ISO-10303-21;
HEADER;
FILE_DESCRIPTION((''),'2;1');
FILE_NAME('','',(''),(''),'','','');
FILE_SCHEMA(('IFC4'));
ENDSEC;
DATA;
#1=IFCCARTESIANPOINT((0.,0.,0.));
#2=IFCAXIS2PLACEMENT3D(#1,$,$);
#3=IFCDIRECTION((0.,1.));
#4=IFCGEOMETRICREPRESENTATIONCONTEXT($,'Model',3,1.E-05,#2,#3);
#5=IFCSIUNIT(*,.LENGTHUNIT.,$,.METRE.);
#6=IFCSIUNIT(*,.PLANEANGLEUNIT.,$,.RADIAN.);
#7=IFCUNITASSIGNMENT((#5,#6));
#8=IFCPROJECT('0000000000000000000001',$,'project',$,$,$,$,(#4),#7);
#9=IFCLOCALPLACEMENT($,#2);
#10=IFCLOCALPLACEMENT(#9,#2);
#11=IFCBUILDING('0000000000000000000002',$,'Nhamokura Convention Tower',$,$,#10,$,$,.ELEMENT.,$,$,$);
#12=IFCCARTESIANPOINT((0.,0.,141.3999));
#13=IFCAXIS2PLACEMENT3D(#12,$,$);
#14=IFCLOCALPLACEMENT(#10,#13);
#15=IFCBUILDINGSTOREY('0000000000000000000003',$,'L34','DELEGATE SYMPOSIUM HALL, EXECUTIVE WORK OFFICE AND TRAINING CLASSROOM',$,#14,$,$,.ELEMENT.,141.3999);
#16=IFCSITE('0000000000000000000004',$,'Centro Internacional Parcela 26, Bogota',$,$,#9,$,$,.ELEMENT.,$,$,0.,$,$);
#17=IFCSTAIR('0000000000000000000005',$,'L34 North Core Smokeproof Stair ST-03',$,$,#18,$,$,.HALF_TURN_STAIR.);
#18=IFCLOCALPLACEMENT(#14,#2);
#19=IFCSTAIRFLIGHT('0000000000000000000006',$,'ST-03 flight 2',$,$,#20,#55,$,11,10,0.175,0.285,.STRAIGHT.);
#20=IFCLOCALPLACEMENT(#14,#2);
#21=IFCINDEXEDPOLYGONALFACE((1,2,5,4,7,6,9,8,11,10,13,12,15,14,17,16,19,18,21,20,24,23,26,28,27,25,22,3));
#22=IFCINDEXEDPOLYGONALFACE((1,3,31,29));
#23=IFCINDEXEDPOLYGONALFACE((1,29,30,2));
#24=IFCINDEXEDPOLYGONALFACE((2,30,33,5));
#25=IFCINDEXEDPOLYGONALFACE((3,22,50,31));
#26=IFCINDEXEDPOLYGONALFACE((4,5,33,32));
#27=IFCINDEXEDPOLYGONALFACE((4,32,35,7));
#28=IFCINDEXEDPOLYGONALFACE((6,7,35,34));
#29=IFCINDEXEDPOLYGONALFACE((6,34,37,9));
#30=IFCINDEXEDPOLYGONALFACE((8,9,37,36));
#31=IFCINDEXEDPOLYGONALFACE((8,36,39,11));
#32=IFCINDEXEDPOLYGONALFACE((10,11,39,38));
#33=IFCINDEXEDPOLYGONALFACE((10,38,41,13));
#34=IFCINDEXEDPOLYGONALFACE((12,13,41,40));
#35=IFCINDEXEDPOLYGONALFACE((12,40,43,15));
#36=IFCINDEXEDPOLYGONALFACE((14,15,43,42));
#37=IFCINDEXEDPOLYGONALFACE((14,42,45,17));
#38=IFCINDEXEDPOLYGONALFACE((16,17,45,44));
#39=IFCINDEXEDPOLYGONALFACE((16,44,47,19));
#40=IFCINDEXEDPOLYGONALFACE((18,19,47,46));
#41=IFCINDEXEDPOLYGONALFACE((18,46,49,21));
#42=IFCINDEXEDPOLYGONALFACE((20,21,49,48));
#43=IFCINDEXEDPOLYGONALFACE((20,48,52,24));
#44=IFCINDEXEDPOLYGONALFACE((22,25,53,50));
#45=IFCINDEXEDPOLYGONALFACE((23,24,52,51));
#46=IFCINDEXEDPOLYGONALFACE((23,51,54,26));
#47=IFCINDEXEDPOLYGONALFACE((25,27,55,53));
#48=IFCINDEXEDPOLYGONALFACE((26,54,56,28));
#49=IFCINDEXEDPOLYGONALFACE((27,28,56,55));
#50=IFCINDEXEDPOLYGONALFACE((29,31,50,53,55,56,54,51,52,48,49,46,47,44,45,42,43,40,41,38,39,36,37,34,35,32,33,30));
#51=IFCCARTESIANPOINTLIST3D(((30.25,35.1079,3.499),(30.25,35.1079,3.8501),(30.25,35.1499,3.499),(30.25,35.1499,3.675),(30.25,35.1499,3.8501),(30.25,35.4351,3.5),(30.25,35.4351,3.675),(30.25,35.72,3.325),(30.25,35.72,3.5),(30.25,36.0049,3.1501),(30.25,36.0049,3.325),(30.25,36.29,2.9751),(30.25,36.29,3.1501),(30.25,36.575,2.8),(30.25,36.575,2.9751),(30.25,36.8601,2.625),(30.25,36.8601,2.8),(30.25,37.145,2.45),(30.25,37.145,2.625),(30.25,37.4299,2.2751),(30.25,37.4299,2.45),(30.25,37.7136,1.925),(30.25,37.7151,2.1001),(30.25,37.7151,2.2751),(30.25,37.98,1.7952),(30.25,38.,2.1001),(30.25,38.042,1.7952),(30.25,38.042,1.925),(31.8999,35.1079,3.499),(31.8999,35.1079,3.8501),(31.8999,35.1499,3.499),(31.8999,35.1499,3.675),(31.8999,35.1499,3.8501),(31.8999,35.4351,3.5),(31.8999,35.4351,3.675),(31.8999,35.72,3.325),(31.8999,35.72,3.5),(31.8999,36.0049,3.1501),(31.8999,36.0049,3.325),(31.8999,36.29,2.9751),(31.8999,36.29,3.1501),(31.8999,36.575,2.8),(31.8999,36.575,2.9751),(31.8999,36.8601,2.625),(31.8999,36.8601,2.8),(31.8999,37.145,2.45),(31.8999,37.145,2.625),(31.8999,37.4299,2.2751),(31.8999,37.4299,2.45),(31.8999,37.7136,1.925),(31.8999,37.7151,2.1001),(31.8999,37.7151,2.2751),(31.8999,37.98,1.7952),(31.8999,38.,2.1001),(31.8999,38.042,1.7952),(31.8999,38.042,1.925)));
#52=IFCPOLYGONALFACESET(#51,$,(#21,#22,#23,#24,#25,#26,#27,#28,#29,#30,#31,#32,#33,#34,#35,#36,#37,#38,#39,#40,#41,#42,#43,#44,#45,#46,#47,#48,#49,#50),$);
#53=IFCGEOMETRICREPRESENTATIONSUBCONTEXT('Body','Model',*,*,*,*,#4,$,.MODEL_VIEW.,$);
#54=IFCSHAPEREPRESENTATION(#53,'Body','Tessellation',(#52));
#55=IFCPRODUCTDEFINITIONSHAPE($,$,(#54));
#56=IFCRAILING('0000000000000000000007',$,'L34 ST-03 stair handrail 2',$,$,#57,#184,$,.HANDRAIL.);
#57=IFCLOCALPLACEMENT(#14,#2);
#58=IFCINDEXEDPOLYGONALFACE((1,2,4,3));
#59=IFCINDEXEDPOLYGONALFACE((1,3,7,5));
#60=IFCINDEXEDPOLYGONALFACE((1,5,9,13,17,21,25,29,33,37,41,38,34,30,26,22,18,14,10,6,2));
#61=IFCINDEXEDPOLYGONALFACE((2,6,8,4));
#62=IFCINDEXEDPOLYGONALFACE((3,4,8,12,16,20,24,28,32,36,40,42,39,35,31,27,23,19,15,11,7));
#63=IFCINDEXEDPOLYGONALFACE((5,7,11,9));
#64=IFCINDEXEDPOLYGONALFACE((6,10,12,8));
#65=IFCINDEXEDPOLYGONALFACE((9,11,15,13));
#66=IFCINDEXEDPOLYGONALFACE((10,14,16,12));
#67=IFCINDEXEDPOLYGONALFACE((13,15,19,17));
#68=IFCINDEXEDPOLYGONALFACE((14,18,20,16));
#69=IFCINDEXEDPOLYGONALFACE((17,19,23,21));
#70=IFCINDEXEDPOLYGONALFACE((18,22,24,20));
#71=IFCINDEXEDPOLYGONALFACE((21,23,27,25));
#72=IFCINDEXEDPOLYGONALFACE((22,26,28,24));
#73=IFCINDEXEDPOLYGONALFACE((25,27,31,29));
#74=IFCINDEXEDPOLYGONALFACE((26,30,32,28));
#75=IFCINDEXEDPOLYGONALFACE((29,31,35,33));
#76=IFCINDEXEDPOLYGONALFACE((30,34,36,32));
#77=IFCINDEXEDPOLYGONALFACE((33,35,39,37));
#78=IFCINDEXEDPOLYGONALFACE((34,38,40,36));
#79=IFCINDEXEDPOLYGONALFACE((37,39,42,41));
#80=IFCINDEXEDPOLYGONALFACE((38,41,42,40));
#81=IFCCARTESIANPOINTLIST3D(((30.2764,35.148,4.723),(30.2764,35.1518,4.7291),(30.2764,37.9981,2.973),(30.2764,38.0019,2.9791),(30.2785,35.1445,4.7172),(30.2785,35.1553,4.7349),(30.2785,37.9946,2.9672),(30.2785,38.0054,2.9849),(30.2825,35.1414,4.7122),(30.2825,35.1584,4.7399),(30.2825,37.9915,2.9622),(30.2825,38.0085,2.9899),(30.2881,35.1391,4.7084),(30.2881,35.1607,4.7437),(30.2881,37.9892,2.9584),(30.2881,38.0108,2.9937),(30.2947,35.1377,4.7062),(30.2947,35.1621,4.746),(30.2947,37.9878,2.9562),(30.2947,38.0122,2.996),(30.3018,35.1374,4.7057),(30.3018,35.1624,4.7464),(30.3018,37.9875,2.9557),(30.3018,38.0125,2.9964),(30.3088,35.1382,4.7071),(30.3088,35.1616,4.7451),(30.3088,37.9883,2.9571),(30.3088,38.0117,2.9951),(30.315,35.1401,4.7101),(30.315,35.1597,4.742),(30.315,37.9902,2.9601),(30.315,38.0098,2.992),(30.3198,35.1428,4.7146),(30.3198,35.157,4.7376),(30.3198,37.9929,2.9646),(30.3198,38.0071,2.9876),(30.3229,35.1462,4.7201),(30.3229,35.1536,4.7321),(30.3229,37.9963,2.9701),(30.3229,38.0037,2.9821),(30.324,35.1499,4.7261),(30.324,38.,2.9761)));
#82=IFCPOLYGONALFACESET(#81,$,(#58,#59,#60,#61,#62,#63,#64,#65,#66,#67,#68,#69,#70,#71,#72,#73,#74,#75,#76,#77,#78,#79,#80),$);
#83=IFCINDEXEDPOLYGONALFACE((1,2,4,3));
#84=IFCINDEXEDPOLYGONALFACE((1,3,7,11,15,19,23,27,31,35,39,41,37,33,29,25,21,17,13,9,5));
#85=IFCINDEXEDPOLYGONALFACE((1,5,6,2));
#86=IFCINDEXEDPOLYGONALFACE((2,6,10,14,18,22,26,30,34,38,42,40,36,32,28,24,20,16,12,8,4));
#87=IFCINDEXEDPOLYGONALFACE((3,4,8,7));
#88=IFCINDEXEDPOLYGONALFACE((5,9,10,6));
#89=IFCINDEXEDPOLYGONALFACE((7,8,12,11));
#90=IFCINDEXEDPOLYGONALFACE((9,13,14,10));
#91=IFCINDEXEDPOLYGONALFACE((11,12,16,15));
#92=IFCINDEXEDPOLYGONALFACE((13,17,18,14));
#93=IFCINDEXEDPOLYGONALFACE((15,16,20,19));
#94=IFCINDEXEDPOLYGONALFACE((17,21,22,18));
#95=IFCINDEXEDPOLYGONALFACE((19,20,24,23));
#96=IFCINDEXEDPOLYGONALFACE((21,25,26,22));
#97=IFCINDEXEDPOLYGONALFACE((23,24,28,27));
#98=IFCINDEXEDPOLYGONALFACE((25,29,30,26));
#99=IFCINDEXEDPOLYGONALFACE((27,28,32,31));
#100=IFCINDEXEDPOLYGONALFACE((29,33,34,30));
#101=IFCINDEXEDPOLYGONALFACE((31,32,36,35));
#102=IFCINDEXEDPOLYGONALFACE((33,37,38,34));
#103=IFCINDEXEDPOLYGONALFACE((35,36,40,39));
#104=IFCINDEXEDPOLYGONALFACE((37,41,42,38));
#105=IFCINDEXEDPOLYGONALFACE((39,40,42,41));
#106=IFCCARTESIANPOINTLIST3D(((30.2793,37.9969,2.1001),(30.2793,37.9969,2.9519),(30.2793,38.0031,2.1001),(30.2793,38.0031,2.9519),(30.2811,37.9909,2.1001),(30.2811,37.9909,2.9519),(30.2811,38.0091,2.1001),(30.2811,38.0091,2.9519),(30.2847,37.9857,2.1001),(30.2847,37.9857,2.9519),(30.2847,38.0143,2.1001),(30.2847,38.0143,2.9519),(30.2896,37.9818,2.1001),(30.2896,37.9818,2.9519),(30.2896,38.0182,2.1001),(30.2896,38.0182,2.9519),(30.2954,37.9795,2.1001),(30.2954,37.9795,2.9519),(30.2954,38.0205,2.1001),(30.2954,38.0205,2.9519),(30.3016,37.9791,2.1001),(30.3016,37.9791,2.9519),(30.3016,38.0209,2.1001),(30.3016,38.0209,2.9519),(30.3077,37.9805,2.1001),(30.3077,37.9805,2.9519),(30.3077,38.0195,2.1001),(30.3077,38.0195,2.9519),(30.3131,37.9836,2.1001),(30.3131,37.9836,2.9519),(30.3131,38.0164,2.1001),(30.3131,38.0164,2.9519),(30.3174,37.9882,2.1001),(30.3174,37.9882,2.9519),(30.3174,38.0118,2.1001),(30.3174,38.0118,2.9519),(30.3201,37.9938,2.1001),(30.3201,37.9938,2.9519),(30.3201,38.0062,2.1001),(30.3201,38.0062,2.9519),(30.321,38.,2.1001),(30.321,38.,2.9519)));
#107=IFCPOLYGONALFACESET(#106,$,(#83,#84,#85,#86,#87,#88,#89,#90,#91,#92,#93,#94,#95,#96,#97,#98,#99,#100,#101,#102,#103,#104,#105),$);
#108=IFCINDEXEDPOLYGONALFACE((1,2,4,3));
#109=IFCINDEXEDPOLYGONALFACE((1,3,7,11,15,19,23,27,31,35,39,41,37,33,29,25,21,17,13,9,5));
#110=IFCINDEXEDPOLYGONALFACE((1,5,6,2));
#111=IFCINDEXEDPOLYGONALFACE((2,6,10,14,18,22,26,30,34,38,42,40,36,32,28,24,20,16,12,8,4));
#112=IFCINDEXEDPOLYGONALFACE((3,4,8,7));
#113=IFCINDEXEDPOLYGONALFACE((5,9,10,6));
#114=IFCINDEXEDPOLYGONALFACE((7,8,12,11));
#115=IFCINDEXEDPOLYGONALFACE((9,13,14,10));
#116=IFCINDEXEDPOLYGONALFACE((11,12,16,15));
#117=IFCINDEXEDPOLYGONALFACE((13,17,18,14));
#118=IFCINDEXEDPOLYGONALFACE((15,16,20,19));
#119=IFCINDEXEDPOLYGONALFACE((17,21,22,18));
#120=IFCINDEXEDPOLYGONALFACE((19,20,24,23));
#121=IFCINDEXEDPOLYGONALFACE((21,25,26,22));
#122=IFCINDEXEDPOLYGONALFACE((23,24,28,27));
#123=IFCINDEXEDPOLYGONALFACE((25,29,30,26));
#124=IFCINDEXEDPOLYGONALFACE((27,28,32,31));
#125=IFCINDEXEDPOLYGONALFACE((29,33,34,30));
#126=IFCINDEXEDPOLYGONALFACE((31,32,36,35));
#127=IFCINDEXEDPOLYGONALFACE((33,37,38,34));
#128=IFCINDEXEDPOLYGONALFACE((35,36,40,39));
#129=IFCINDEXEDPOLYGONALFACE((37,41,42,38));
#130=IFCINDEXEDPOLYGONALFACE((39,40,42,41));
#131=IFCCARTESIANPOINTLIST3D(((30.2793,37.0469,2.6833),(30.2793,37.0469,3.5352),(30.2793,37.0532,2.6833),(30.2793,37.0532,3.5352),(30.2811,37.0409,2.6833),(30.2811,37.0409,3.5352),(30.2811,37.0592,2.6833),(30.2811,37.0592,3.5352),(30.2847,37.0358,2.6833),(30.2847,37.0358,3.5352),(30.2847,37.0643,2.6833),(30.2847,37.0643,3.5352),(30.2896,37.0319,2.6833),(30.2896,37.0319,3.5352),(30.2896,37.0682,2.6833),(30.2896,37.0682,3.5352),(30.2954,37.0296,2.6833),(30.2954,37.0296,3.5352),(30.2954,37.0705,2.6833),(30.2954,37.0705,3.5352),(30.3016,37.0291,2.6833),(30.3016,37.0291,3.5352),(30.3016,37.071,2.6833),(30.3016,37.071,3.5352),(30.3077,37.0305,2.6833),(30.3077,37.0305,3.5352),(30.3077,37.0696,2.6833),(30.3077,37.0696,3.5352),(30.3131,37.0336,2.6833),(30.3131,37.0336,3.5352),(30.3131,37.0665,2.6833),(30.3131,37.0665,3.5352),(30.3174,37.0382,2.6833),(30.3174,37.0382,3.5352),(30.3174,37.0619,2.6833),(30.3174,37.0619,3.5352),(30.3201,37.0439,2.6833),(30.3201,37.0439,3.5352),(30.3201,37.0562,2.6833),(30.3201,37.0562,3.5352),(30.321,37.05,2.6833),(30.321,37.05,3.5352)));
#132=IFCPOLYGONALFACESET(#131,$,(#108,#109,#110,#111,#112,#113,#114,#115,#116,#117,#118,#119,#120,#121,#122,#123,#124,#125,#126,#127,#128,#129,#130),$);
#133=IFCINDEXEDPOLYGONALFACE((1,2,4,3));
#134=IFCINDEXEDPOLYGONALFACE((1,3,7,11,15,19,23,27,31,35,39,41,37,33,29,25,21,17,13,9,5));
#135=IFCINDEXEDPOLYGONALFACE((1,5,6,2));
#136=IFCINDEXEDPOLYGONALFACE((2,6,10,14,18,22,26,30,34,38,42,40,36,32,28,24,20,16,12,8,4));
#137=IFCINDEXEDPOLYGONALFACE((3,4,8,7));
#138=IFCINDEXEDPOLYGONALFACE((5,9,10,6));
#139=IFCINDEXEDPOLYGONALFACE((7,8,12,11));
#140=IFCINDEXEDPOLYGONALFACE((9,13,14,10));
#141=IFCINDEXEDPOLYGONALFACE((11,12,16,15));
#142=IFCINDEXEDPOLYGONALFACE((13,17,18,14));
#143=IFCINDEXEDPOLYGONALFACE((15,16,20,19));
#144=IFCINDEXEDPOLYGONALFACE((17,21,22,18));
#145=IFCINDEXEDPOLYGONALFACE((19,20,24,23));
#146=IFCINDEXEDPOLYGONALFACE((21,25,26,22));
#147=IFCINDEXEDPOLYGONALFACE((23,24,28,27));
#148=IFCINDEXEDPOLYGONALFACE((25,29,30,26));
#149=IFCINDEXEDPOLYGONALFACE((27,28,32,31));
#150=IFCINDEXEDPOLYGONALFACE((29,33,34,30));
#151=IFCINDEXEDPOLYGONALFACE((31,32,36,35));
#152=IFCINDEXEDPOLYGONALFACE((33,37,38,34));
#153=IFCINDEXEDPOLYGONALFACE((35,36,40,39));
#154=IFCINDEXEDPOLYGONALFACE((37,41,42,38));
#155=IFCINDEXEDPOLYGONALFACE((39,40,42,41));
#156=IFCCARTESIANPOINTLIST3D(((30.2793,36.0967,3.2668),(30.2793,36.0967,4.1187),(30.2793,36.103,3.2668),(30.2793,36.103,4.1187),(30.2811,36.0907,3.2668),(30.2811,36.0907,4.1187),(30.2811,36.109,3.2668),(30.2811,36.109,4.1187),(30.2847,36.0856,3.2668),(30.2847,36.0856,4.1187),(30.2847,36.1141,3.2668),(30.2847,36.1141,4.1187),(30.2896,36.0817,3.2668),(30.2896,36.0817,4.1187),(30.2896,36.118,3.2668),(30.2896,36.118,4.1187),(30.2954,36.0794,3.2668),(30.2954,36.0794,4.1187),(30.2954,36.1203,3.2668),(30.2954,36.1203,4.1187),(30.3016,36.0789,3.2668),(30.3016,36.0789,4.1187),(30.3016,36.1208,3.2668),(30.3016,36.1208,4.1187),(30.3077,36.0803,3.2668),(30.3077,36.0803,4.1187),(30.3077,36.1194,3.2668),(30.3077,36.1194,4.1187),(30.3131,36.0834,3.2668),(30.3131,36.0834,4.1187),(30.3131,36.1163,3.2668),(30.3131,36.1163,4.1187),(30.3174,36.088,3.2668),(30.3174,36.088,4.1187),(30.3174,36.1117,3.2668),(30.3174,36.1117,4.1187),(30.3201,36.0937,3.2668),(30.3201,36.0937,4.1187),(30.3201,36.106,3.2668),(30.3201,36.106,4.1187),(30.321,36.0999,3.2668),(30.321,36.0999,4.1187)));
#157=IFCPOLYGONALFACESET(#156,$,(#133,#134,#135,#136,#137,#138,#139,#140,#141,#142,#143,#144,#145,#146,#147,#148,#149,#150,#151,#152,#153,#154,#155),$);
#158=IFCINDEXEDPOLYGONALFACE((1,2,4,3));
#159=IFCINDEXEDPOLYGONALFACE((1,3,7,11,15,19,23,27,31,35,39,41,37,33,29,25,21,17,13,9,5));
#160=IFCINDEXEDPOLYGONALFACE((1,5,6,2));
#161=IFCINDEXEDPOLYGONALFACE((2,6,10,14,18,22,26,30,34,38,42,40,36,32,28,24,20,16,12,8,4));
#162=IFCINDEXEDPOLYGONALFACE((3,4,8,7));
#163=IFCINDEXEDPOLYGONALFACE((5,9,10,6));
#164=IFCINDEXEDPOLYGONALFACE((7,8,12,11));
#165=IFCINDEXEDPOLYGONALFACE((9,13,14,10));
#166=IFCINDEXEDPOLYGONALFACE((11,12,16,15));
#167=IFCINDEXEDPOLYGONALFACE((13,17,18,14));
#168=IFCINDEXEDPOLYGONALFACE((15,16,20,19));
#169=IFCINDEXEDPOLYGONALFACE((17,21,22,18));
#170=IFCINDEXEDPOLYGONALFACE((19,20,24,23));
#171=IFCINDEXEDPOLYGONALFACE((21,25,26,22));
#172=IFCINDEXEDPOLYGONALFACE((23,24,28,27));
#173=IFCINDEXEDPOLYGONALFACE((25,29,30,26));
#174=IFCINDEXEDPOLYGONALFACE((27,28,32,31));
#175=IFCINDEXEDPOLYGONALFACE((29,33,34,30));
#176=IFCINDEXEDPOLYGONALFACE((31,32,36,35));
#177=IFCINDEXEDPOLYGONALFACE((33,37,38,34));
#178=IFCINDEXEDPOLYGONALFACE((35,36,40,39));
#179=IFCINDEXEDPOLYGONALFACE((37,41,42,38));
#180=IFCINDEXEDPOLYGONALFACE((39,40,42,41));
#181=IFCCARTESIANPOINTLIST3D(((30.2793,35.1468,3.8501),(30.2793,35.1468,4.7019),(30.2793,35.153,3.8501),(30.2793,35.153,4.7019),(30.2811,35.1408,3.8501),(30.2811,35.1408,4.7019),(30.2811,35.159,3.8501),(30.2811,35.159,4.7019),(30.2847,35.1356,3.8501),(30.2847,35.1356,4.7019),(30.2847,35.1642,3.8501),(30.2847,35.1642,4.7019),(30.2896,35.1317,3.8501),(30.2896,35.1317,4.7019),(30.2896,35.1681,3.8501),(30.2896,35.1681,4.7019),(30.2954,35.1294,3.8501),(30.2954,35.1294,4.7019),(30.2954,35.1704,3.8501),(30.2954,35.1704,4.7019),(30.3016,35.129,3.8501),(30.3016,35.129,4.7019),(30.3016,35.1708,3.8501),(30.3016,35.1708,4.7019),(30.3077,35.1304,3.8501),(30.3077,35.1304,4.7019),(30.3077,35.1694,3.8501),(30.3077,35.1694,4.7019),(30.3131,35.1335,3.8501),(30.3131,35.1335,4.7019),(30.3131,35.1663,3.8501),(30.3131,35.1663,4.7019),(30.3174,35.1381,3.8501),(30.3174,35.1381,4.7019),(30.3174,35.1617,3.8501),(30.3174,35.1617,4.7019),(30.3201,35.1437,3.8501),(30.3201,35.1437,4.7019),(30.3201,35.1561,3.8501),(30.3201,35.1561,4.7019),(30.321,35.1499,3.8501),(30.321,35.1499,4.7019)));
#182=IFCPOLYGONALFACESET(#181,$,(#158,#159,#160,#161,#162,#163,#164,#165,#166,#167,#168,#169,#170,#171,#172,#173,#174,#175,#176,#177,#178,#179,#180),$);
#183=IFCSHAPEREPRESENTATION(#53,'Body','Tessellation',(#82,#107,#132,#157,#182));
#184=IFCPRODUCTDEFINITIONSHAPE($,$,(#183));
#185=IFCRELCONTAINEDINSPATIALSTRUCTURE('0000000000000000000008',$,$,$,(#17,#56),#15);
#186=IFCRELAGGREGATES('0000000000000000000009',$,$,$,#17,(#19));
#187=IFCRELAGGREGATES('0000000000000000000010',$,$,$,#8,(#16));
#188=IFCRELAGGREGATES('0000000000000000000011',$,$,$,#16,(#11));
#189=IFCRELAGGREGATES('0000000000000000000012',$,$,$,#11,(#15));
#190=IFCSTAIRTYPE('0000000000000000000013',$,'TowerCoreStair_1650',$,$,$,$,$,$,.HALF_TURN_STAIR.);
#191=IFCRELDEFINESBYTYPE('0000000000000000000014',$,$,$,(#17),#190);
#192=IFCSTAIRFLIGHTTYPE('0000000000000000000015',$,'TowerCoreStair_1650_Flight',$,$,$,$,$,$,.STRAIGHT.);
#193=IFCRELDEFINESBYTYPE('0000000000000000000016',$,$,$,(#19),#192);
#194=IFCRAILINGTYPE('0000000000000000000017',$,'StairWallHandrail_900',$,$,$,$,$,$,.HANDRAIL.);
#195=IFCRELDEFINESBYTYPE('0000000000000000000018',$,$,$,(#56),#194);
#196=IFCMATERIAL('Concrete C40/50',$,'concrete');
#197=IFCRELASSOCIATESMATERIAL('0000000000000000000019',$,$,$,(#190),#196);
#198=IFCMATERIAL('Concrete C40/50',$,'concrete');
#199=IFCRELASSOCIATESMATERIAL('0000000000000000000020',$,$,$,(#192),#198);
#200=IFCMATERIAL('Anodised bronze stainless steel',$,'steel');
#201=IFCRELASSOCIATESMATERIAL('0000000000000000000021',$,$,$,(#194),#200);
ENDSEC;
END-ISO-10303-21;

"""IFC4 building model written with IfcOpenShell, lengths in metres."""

from ifc_helpers import new_model, si_unit, direction, frame, origin, origin_2d, place, context, subcontext, project, spatial, polyline, circle, outline, extrude, material, type_object, element, aggregate, save


model = new_model("IFC4")

# Units and contexts
model_context = context("Model", 3, precision=1e-05, world=origin(), true_north=direction((0.0, 1.0)))
body_context = subcontext(model_context, "Body", "Model", "MODEL_VIEW")
ifc_project = project(units=[si_unit("LENGTHUNIT", "METRE"), si_unit("PLANEANGLEUNIT", "RADIAN")], contexts=[model_context])

# Site, building, storey
site_placement = place(None, origin())
site = spatial("IfcSite", under=ifc_project, at=site_placement, Name="Centro Internacional Parcela 26, Bogota", CompositionType="ELEMENT", RefElevation=0.0)
building_placement = place(site_placement, origin())
building = spatial("IfcBuilding", under=site, at=building_placement, Name="Nhamokura Convention Tower", CompositionType="ELEMENT")
storey_placement = place(building_placement, frame((0.0, 0.0, 141.3999)))
storey = spatial("IfcBuildingStorey", under=building, at=storey_placement, Name="L34", Description="DELEGATE SYMPOSIUM HALL, EXECUTIVE WORK OFFICE AND TRAINING CLASSROOM", CompositionType="ELEMENT", Elevation=141.3999)

# Stair, stair flight
ifc_material_1 = material(Name="Concrete C40/50", Category="concrete")
stair_type = type_object("IfcStairType", Name="TowerCoreStair_1650", PredefinedType="HALF_TURN_STAIR", material=ifc_material_1)
stair_placement = place(storey_placement, origin())
stair = element("IfcStair", 1, at=stair_placement, inside=storey, type_object=stair_type, Name="L34 North Core Smokeproof Stair ST-03", PredefinedType="HALF_TURN_STAIR")
ifc_material_2 = material(Name="Concrete C40/50", Category="concrete")
stair_flight_type = type_object("IfcStairFlightType", Name="TowerCoreStair_1650_Flight", PredefinedType="STRAIGHT", material=ifc_material_2)
stair_flight_placement = place(storey_placement, frame((31.075, 38.0, 1.925), z_axis=(0.0, 0.0, 1.0), x_axis=(0.0, -1.0, 0.0)))
stair_flight = element("IfcStairFlight", 2, at=stair_flight_placement, type_object=stair_flight_type, Name="ST-03 flight 2", NumberOfRisers=11, NumberOfTreads=10, PredefinedType="STRAIGHT", RiserHeight=0.175, TreadLength=0.285, context=body_context, shape_type="SweptSolid", body=[
    extrude(outline(polyline([(-0.042, 0.0), (0.0, 0.175), (0.2849, 0.175), (0.2849, 0.3501), (0.5701, 0.3501), (0.5701, 0.5249), (0.855, 0.5249), (0.855, 0.7), (1.1399, 0.7), (1.1399, 0.875), (1.425, 0.875), (1.425, 1.05), (1.71, 1.05), (1.71, 1.2251), (1.9951, 1.2251), (1.9951, 1.3999), (2.28, 1.3999), (2.28, 1.575), (2.5649, 1.575), (2.5649, 1.75), (2.8501, 1.75), (2.8501, 1.925), (2.8921, 1.925), (2.8921, 1.574), (2.8501, 1.574), (0.2864, 0.0), (0.02, -0.1299), (-0.042, -0.1299), (-0.042, 0.0)])), frame((0.0, 0.825, 0.0), z_axis=(0.0, -1.0, 0.0), x_axis=(1.0, 0.0, 0.0)), (0.0, 0.0, 1.0), 1.6499),
])
aggregate(stair, [stair_flight])

# Railing
ifc_material_3 = material(Name="Anodised bronze stainless steel", Category="steel")
railing_type_1 = type_object("IfcRailingType", Name="StairWallHandrail_900", PredefinedType="HANDRAIL", material=ifc_material_3)
railing_1_placement = place(storey_placement, frame((30.3, 38.0, 2.1001)))
element("IfcRailing", 3, at=railing_1_placement, inside=storey, type_object=railing_type_1, Name="L34 ST-03 stair handrail 2", PredefinedType="HANDRAIL", context=body_context, shape_type="SweptSolid", body=[
    extrude(circle(Radius=0.0239, at=origin_2d()), frame((0.0, 0.0, 0.876), z_axis=(0.0, -0.852179, 0.52325), x_axis=(1.0, 0.0, 0.0)), (0.0, 0.0, 1.0), 3.3445),
    extrude(circle(Radius=0.021, at=origin_2d()), origin(), (0.0, 0.0, 1.0), 0.8518),
    extrude(circle(Radius=0.021, at=origin_2d()), frame((0.0, -0.95, 0.5833)), (0.0, 0.0, 1.0), 0.8518),
    extrude(circle(Radius=0.021, at=origin_2d()), frame((0.0, -1.9001, 1.1667)), (0.0, 0.0, 1.0), 0.8518),
    extrude(circle(Radius=0.021, at=origin_2d()), frame((0.0, -2.8501, 1.75)), (0.0, 0.0, 1.0), 0.8518),
])

save(model, "model.ifc")
